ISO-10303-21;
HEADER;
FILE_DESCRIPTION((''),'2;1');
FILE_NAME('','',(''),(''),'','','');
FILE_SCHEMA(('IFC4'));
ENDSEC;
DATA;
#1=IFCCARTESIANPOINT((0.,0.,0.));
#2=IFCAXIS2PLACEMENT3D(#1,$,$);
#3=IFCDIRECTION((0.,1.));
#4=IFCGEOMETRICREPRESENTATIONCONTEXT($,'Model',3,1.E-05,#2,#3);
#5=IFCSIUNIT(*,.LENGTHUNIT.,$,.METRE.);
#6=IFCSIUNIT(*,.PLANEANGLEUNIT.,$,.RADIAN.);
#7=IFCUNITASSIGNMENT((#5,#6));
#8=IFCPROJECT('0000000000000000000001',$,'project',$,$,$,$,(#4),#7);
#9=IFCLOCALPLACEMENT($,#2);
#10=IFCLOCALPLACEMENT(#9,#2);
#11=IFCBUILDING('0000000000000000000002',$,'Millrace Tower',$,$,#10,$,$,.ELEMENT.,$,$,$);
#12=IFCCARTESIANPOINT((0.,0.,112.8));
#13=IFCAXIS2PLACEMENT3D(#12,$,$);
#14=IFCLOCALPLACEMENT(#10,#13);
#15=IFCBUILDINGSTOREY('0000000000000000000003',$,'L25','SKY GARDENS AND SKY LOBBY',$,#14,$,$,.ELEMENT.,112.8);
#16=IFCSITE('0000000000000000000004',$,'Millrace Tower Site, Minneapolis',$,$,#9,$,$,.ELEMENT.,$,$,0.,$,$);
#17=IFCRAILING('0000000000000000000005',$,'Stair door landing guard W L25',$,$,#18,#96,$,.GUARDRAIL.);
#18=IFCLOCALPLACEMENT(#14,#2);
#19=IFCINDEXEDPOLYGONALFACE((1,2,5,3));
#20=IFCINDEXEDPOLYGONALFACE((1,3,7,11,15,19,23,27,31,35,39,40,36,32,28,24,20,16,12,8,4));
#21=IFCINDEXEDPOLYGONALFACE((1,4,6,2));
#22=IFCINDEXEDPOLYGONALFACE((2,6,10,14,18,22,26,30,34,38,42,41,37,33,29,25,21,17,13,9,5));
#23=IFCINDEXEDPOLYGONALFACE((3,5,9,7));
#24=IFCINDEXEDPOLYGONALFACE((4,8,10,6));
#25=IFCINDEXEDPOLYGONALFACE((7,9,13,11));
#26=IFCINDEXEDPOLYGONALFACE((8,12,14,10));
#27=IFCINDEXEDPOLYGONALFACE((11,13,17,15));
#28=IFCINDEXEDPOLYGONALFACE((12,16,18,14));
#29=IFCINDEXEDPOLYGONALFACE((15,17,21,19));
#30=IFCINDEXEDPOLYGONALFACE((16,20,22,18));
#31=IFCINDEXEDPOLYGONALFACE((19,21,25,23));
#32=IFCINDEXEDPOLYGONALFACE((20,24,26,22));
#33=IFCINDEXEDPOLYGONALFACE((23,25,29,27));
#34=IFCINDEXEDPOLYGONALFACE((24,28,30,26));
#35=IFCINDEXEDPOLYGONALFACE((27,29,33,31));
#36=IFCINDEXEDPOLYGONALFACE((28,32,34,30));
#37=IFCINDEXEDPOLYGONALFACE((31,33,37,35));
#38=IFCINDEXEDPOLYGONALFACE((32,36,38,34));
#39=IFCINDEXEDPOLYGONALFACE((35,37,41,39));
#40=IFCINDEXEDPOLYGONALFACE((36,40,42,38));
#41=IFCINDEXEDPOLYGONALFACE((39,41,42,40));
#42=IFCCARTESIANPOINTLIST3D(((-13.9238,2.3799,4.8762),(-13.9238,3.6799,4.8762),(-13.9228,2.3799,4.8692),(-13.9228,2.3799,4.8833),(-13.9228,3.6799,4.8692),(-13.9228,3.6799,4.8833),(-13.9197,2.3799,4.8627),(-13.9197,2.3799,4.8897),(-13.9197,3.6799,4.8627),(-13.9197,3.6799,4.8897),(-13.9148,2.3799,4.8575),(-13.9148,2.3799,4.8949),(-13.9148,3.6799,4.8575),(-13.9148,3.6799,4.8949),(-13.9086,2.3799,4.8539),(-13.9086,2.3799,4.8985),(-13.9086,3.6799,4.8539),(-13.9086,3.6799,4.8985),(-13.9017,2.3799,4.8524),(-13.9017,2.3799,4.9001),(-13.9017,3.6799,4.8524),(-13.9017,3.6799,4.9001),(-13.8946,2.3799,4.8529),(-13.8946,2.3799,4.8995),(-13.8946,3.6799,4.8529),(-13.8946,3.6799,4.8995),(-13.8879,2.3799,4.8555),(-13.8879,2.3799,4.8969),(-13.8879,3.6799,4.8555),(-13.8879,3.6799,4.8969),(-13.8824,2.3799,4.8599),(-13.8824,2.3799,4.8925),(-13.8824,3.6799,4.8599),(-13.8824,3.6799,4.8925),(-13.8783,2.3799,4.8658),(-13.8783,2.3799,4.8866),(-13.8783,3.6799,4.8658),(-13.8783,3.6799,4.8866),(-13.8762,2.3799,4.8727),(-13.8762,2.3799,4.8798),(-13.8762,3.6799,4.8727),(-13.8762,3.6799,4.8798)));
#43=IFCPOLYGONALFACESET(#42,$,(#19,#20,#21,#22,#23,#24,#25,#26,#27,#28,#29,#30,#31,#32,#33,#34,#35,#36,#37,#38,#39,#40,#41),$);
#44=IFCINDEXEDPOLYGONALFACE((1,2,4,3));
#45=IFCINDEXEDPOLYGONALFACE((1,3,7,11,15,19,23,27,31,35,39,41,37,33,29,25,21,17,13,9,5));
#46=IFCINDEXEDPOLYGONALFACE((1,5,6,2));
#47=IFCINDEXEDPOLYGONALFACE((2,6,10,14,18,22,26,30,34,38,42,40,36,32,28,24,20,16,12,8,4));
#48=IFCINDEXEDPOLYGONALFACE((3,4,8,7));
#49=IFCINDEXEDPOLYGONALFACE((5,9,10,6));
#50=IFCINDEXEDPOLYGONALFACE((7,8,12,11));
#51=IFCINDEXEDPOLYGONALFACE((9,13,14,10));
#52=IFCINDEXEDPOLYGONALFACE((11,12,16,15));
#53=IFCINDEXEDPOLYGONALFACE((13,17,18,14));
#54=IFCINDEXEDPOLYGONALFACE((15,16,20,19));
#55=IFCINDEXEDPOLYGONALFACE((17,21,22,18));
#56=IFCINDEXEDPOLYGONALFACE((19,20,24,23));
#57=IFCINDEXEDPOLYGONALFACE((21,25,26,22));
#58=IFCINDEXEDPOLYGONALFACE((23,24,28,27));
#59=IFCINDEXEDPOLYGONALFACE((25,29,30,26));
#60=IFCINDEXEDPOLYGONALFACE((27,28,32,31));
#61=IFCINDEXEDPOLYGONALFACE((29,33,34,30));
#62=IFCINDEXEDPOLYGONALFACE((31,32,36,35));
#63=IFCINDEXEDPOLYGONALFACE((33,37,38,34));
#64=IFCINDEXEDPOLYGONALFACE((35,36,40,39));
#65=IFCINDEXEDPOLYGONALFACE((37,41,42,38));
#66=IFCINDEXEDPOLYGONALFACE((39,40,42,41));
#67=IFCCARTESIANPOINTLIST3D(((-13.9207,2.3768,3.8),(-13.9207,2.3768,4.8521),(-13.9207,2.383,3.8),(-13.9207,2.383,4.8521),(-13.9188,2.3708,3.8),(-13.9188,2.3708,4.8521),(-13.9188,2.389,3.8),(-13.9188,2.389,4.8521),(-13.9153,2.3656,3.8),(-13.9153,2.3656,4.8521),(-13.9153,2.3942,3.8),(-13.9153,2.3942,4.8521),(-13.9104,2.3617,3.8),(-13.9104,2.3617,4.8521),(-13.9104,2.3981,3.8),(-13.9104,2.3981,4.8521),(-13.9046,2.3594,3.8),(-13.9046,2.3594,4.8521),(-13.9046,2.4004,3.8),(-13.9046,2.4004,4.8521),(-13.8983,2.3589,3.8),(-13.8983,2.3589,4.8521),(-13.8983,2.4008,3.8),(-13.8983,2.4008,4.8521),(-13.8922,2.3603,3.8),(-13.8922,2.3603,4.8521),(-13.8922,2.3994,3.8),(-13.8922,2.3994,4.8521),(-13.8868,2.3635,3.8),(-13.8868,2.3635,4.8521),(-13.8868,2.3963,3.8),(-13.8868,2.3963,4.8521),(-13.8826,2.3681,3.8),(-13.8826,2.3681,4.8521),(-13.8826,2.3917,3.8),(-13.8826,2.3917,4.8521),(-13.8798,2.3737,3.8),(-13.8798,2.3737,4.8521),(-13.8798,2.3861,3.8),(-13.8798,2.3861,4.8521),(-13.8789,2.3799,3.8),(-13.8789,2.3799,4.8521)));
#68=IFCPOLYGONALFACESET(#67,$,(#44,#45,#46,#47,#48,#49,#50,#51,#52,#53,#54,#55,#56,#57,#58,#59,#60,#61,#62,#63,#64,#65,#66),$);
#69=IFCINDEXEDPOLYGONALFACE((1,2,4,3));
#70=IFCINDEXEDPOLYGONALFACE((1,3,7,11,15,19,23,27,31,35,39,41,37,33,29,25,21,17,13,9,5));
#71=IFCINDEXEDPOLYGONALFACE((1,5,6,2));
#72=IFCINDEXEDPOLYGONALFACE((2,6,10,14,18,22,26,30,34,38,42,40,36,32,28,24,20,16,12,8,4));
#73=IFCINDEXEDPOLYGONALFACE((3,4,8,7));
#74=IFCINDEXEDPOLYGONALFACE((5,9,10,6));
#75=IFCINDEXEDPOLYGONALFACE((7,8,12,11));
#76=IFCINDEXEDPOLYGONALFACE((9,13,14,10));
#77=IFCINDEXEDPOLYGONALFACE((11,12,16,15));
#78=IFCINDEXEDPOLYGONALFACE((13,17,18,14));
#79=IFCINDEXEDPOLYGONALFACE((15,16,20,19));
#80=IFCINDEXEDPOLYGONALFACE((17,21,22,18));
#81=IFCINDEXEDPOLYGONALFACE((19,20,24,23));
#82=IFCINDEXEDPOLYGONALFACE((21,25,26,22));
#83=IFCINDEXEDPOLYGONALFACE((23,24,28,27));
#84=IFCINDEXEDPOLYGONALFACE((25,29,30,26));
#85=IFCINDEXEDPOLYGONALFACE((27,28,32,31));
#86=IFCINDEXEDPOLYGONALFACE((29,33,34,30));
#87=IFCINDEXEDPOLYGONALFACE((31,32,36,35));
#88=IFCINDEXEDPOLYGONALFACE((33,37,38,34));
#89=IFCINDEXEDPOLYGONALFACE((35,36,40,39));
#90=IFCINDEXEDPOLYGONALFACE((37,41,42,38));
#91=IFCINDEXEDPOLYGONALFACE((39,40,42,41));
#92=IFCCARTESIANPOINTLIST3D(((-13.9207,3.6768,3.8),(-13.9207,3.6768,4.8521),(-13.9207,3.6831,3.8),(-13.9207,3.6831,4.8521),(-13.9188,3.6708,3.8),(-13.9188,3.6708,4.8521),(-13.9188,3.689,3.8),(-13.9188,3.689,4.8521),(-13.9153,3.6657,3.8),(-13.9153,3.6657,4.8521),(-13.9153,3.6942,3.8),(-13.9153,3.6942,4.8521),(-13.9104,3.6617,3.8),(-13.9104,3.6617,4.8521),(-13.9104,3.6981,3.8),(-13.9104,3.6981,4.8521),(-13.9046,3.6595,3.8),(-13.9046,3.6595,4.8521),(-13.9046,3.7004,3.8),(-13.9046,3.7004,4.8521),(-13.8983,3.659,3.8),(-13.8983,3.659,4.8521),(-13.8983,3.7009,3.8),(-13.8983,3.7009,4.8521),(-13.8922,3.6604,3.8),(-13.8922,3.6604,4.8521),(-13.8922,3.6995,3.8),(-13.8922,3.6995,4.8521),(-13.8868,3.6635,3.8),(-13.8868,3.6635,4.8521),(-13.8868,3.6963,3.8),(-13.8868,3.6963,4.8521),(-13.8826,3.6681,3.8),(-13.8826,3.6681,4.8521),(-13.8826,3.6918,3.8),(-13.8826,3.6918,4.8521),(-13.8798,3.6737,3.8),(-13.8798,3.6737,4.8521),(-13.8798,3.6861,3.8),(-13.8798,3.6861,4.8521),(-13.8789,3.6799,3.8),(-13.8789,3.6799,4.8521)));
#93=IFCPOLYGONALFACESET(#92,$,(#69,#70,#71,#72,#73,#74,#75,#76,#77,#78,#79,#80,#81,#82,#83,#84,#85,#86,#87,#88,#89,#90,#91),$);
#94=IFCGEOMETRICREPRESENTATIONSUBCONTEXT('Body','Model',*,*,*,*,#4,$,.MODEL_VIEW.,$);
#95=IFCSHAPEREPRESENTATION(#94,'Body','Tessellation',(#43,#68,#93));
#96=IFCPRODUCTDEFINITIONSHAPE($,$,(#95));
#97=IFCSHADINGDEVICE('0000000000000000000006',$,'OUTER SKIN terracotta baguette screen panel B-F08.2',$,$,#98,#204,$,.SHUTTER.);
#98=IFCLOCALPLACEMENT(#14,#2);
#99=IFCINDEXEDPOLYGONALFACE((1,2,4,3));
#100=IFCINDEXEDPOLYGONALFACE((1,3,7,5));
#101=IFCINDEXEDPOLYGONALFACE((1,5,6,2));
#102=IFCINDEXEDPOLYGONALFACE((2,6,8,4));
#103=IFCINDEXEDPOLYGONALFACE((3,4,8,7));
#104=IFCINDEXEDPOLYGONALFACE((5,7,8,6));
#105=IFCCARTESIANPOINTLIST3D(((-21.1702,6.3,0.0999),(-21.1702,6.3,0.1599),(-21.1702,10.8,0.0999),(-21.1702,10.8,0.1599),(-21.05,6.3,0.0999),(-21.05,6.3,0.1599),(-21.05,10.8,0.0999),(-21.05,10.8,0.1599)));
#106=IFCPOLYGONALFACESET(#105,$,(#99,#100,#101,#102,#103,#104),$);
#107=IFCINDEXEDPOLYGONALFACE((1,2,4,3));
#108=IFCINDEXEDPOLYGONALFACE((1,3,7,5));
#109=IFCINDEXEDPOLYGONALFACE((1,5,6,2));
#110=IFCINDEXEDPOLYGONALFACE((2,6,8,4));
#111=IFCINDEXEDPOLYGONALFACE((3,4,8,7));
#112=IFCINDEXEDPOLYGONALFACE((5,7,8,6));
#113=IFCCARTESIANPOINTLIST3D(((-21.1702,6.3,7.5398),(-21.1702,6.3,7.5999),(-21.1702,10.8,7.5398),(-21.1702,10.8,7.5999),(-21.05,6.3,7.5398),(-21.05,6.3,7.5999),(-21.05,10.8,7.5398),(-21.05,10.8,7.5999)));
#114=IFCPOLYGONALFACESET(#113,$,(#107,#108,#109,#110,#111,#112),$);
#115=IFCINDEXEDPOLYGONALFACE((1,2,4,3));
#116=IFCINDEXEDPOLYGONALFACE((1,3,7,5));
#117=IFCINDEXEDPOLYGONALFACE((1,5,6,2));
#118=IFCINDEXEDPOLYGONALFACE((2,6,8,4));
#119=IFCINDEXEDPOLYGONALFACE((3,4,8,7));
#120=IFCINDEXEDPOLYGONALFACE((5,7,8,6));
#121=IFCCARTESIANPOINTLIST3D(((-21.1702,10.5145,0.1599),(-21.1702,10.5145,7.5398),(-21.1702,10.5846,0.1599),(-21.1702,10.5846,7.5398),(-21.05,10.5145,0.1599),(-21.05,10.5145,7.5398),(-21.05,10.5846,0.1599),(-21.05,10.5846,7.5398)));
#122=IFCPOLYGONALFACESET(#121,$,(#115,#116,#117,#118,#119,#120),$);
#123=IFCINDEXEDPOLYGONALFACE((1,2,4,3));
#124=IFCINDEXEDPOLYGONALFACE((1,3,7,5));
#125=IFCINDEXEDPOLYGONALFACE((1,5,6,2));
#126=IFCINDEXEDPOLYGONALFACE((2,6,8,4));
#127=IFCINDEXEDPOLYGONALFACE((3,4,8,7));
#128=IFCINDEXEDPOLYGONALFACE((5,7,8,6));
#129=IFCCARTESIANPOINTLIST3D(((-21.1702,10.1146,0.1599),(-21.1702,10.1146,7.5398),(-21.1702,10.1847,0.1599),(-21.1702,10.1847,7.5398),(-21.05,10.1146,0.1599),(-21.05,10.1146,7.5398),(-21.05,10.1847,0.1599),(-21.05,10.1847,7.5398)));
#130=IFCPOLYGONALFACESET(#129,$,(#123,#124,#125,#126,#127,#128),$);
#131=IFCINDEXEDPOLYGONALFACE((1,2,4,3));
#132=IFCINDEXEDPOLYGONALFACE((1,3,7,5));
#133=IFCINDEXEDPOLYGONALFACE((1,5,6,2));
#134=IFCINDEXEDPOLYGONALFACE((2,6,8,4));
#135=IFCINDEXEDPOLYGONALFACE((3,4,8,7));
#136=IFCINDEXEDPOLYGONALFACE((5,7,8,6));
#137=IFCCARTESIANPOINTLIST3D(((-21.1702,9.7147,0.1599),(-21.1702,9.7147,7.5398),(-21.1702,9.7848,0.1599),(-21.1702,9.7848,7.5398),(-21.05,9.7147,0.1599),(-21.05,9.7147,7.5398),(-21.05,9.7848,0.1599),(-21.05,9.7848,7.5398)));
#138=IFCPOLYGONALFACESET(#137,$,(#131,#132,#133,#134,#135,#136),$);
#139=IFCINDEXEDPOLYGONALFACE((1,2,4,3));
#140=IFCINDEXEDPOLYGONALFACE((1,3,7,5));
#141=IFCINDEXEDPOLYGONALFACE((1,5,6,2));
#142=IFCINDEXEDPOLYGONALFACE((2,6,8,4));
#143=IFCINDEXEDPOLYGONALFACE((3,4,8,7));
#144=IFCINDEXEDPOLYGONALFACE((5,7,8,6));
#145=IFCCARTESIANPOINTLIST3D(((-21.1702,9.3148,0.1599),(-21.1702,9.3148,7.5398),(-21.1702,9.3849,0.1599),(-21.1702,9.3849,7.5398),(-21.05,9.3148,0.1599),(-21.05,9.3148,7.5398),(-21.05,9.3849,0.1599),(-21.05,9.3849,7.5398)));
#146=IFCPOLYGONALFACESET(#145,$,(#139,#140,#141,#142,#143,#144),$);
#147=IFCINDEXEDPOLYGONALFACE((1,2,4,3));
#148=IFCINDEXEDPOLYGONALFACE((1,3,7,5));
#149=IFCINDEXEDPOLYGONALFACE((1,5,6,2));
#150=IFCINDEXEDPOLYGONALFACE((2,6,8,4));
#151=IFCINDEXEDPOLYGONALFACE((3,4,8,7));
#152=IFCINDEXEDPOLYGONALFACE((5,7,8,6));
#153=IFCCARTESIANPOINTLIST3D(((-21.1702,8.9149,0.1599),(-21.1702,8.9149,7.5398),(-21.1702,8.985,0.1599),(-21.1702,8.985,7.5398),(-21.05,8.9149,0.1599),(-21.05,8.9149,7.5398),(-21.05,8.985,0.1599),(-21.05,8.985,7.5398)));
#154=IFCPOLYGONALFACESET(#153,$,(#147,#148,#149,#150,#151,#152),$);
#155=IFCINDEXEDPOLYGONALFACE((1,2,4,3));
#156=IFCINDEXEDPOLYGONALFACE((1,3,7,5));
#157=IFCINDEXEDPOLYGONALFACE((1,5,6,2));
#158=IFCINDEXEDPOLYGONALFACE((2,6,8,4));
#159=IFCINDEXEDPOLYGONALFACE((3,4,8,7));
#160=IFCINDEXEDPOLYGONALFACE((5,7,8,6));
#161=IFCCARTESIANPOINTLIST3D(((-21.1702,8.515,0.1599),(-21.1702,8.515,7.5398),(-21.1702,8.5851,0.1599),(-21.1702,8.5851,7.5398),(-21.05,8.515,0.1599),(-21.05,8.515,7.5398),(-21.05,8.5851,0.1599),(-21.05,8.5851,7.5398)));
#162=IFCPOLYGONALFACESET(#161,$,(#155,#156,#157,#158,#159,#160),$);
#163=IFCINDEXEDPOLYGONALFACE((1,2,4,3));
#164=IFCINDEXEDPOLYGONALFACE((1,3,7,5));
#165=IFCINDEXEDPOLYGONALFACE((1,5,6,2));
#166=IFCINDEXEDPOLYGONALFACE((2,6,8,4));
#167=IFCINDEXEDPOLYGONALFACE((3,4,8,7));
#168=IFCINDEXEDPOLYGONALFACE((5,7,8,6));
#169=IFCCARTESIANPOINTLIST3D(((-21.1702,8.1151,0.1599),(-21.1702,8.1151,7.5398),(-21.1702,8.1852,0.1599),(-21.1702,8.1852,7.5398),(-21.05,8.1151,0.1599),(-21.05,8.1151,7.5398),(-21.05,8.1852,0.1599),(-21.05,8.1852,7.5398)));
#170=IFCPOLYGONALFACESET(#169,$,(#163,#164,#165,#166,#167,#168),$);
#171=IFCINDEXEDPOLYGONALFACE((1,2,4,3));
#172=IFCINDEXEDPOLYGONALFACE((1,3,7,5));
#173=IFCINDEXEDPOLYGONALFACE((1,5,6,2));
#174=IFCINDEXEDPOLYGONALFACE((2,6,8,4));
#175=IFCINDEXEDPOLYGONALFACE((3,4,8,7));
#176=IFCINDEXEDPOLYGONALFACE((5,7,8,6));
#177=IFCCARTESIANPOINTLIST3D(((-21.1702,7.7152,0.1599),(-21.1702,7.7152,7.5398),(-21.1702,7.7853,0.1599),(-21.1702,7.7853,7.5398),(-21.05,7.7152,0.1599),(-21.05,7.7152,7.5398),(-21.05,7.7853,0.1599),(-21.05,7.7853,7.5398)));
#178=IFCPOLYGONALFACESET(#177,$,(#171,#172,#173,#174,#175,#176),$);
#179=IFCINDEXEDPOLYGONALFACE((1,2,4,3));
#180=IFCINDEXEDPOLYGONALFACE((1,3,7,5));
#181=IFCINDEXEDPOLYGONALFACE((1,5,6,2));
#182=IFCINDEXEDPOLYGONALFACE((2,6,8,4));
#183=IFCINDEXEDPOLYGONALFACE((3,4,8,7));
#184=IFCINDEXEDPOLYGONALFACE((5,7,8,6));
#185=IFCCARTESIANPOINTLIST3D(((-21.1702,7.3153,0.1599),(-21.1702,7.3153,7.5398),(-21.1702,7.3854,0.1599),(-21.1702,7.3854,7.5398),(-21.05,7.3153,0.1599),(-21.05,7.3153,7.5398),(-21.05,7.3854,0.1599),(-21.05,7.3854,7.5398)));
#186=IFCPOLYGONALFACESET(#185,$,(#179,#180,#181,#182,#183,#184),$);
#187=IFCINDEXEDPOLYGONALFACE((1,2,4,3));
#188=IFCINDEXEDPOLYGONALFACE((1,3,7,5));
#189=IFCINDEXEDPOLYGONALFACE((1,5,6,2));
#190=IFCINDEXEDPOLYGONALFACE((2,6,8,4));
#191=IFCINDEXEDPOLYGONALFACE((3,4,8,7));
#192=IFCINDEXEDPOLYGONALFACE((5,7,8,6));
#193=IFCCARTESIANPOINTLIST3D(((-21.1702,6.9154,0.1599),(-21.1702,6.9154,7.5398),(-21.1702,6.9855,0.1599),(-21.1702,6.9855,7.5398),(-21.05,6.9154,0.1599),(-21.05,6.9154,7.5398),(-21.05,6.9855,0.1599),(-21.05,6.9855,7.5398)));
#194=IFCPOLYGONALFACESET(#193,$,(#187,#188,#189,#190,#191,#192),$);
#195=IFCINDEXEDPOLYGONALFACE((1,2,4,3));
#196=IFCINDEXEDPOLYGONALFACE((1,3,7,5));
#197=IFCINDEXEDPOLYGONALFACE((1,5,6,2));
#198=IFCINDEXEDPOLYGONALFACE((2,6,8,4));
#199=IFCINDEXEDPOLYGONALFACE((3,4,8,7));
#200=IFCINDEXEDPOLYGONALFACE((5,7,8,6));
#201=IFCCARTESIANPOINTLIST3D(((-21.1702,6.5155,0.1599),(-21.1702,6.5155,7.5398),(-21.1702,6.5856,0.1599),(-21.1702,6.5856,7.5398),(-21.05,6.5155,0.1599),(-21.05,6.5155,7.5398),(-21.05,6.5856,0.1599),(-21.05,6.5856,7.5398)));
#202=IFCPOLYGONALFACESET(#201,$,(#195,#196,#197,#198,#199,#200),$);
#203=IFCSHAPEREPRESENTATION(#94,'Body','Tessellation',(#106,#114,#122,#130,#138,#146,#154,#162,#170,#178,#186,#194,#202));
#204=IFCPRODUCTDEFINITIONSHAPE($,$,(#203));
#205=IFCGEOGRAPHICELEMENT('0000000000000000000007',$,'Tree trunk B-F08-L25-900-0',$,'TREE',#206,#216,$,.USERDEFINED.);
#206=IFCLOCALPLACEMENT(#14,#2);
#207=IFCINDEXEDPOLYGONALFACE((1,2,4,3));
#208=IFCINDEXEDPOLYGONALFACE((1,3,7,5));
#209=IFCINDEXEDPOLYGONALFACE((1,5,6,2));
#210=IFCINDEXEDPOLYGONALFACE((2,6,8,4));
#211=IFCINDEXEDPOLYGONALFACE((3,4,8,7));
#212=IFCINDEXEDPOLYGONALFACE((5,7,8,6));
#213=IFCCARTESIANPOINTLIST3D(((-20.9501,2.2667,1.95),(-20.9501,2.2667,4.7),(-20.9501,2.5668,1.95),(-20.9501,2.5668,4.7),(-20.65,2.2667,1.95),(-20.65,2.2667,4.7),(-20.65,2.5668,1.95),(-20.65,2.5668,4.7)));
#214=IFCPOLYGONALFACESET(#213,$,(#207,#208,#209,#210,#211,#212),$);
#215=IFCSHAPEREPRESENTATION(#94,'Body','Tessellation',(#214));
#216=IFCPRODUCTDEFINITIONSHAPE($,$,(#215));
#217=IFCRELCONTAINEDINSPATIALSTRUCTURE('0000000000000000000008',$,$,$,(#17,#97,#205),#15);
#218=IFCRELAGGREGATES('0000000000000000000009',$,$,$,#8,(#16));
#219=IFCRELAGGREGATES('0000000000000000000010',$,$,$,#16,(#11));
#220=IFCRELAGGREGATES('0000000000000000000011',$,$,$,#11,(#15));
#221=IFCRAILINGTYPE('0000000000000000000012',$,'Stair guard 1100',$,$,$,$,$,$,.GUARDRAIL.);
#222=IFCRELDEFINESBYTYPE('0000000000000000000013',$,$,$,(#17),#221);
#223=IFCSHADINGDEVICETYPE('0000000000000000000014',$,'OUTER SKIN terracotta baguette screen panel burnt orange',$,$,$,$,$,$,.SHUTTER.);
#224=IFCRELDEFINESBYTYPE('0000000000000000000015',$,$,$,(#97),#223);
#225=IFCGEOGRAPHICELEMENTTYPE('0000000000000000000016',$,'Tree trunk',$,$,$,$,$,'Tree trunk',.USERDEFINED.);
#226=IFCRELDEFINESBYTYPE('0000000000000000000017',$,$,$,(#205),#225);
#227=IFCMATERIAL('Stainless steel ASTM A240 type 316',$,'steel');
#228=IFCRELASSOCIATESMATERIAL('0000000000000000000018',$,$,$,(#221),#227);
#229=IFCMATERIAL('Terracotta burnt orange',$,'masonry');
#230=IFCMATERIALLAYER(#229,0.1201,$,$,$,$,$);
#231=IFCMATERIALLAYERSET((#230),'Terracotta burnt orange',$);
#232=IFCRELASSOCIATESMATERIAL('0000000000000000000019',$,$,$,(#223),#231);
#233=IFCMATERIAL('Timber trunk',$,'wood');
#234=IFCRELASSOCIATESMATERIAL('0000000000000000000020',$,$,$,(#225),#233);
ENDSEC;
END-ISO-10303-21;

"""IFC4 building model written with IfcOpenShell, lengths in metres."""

from ifc_helpers import new_model, entity, si_unit, direction, frame, frame_2d, origin, origin_2d, place, context, subcontext, project, spatial, rectangle, circle, extrude, source, transform, mapped, material, layer, layer_set, type_object, element, save


model = new_model("IFC4")

# Units and contexts
model_context = context("Model", 3, precision=1e-05, world=origin(), true_north=direction((0.0, 1.0)))
body_context = subcontext(model_context, "Body", "Model", "MODEL_VIEW")
ifc_project = project(units=[si_unit("LENGTHUNIT", "METRE"), si_unit("PLANEANGLEUNIT", "RADIAN")], contexts=[model_context])

# Site, building, storey
site_placement = place(None, origin())
site = spatial("IfcSite", under=ifc_project, at=site_placement, Name="Millrace Tower Site, Minneapolis", CompositionType="ELEMENT", RefElevation=0.0)
building_placement = place(site_placement, origin())
building = spatial("IfcBuilding", under=site, at=building_placement, Name="Millrace Tower", CompositionType="ELEMENT")
storey_placement = place(building_placement, frame((0.0, 0.0, 112.8)))
storey = spatial("IfcBuildingStorey", under=building, at=storey_placement, Name="L25", Description="SKY GARDENS AND SKY LOBBY", CompositionType="ELEMENT", Elevation=112.8)

# Railing
ifc_material_1 = material(Name="Stainless steel ASTM A240 type 316", Category="steel")
railing_type_1 = type_object("IfcRailingType", Name="Stair guard 1100", PredefinedType="GUARDRAIL", material=ifc_material_1)
railing_1_placement = place(storey_placement, frame((-13.8999, 2.3799, 3.8)))
element("IfcRailing", 1, at=railing_1_placement, inside=storey, type_object=railing_type_1, Name="Stair door landing guard W L25", PredefinedType="GUARDRAIL", context=body_context, shape_type="SweptSolid", body=[
    extrude(circle(Radius=0.0239, at=origin_2d()), frame((0.0, 0.0, 1.0762), z_axis=(0.0, 1.0, 0.0), x_axis=(-1.0, 0.0, 0.0)), (0.0, 0.0, 1.0), 1.3),
    extrude(circle(Radius=0.021, at=origin_2d()), origin(), (0.0, 0.0, 1.0), 1.052),
    extrude(circle(Radius=0.021, at=origin_2d()), frame((0.0, 1.3, 0.0)), (0.0, 0.0, 1.0), 1.052),
])

# Shading device
ifc_material_2 = material(Name="Terracotta burnt orange", Category="masonry")
ifc_layer_1 = layer(ifc_material_2, 0.1201)
ifc_layer_set_1 = layer_set([ifc_layer_1], Name="Terracotta burnt orange")
shading_device_type = type_object("IfcShadingDeviceType", Name="OUTER SKIN terracotta baguette screen panel burnt orange", PredefinedType="SHUTTER", material=ifc_layer_set_1)
cartesian_point = entity("IfcCartesianPoint", [-2.25, 0.0601])
shared_polyline = entity("IfcPolyline", [cartesian_point, entity("IfcCartesianPoint", [2.25, 0.0601]), entity("IfcCartesianPoint", [2.25, -0.0601]), entity("IfcCartesianPoint", [-2.25, -0.0601]), cartesian_point])
shared_shape = source(origin(), body_context, "Body", "SweptSolid", [
    entity("IfcExtrudedAreaSolid", entity("IfcArbitraryClosedProfileDef", "AREA", None, shared_polyline), entity("IfcAxis2Placement3D", entity("IfcCartesianPoint", [0.0, 0.0, 0.0])), entity("IfcDirection", [0.0, 0.0, 1.0]), 0.0601),
    entity("IfcExtrudedAreaSolid", entity("IfcArbitraryClosedProfileDef", "AREA", None, shared_polyline), entity("IfcAxis2Placement3D", entity("IfcCartesianPoint", [0.0, 0.0, 7.4399])), entity("IfcDirection", [0.0, 0.0, 1.0]), 0.0601),
    extrude(rectangle(XDim=0.0701, YDim=0.1201, at=frame_2d((-1.9995, 0.0))), frame((0.0, 0.0, 0.0601)), (0.0, 0.0, 1.0), 7.3799),
    extrude(rectangle(XDim=0.0701, YDim=0.1201, at=frame_2d((-1.5996, 0.0))), frame((0.0, 0.0, 0.0601)), (0.0, 0.0, 1.0), 7.3799),
    extrude(rectangle(XDim=0.0701, YDim=0.1201, at=frame_2d((-1.1997, 0.0))), frame((0.0, 0.0, 0.0601)), (0.0, 0.0, 1.0), 7.3799),
    extrude(rectangle(XDim=0.0701, YDim=0.1201, at=frame_2d((-0.7998, 0.0))), frame((0.0, 0.0, 0.0601)), (0.0, 0.0, 1.0), 7.3799),
    extrude(rectangle(XDim=0.0701, YDim=0.1201, at=frame_2d((-0.3999, 0.0))), frame((0.0, 0.0, 0.0601)), (0.0, 0.0, 1.0), 7.3799),
    extrude(rectangle(XDim=0.0701, YDim=0.1201, at=origin_2d()), frame((0.0, 0.0, 0.0601)), (0.0, 0.0, 1.0), 7.3799),
    extrude(rectangle(XDim=0.0701, YDim=0.1201, at=frame_2d((0.3999, 0.0))), frame((0.0, 0.0, 0.0601)), (0.0, 0.0, 1.0), 7.3799),
    extrude(rectangle(XDim=0.0701, YDim=0.1201, at=frame_2d((0.7998, 0.0))), frame((0.0, 0.0, 0.0601)), (0.0, 0.0, 1.0), 7.3799),
    extrude(rectangle(XDim=0.0701, YDim=0.1201, at=frame_2d((1.1997, 0.0))), frame((0.0, 0.0, 0.0601)), (0.0, 0.0, 1.0), 7.3799),
    extrude(rectangle(XDim=0.0701, YDim=0.1201, at=frame_2d((1.5996, 0.0))), frame((0.0, 0.0, 0.0601)), (0.0, 0.0, 1.0), 7.3799),
    extrude(rectangle(XDim=0.0701, YDim=0.1201, at=frame_2d((1.9995, 0.0))), frame((0.0, 0.0, 0.0601)), (0.0, 0.0, 1.0), 7.3799),
])
shading_device_placement = place(storey_placement, frame((-21.1101, 8.55, 0.0999), z_axis=(0.0, 0.0, 1.0), x_axis=(0.0, -1.0, 0.0)))
element("IfcShadingDevice", 2, at=shading_device_placement, inside=storey, type_object=shading_device_type, Name="OUTER SKIN terracotta baguette screen panel B-F08.2", PredefinedType="SHUTTER", context=body_context, shape_type="MappedRepresentation", body=[
    mapped(shared_shape, transform((0.0, 0.0, 0.0), scale=1.0)),
])

# Geographic element
ifc_material_3 = material(Name="Timber trunk", Category="wood")
geographic_element_type = type_object("IfcGeographicElementType", Name="Tree trunk", ElementType="Tree trunk", PredefinedType="USERDEFINED", material=ifc_material_3)
geographic_element_placement = place(storey_placement, frame((-20.8, 2.4167, 1.95), z_axis=(0.0, 0.0, 1.0), x_axis=(1.0, 0.0, 0.0)))
element("IfcGeographicElement", 3, at=geographic_element_placement, inside=storey, type_object=geographic_element_type, Name="Tree trunk B-F08-L25-900-0", ObjectType="TREE", PredefinedType="USERDEFINED", context=body_context, shape_type="SweptSolid", body=[
    extrude(rectangle(XDim=0.3, YDim=0.3, at=origin_2d()), origin(), (0.0, 0.0, 1.0), 2.75),
])

save(model, "model.ifc")
